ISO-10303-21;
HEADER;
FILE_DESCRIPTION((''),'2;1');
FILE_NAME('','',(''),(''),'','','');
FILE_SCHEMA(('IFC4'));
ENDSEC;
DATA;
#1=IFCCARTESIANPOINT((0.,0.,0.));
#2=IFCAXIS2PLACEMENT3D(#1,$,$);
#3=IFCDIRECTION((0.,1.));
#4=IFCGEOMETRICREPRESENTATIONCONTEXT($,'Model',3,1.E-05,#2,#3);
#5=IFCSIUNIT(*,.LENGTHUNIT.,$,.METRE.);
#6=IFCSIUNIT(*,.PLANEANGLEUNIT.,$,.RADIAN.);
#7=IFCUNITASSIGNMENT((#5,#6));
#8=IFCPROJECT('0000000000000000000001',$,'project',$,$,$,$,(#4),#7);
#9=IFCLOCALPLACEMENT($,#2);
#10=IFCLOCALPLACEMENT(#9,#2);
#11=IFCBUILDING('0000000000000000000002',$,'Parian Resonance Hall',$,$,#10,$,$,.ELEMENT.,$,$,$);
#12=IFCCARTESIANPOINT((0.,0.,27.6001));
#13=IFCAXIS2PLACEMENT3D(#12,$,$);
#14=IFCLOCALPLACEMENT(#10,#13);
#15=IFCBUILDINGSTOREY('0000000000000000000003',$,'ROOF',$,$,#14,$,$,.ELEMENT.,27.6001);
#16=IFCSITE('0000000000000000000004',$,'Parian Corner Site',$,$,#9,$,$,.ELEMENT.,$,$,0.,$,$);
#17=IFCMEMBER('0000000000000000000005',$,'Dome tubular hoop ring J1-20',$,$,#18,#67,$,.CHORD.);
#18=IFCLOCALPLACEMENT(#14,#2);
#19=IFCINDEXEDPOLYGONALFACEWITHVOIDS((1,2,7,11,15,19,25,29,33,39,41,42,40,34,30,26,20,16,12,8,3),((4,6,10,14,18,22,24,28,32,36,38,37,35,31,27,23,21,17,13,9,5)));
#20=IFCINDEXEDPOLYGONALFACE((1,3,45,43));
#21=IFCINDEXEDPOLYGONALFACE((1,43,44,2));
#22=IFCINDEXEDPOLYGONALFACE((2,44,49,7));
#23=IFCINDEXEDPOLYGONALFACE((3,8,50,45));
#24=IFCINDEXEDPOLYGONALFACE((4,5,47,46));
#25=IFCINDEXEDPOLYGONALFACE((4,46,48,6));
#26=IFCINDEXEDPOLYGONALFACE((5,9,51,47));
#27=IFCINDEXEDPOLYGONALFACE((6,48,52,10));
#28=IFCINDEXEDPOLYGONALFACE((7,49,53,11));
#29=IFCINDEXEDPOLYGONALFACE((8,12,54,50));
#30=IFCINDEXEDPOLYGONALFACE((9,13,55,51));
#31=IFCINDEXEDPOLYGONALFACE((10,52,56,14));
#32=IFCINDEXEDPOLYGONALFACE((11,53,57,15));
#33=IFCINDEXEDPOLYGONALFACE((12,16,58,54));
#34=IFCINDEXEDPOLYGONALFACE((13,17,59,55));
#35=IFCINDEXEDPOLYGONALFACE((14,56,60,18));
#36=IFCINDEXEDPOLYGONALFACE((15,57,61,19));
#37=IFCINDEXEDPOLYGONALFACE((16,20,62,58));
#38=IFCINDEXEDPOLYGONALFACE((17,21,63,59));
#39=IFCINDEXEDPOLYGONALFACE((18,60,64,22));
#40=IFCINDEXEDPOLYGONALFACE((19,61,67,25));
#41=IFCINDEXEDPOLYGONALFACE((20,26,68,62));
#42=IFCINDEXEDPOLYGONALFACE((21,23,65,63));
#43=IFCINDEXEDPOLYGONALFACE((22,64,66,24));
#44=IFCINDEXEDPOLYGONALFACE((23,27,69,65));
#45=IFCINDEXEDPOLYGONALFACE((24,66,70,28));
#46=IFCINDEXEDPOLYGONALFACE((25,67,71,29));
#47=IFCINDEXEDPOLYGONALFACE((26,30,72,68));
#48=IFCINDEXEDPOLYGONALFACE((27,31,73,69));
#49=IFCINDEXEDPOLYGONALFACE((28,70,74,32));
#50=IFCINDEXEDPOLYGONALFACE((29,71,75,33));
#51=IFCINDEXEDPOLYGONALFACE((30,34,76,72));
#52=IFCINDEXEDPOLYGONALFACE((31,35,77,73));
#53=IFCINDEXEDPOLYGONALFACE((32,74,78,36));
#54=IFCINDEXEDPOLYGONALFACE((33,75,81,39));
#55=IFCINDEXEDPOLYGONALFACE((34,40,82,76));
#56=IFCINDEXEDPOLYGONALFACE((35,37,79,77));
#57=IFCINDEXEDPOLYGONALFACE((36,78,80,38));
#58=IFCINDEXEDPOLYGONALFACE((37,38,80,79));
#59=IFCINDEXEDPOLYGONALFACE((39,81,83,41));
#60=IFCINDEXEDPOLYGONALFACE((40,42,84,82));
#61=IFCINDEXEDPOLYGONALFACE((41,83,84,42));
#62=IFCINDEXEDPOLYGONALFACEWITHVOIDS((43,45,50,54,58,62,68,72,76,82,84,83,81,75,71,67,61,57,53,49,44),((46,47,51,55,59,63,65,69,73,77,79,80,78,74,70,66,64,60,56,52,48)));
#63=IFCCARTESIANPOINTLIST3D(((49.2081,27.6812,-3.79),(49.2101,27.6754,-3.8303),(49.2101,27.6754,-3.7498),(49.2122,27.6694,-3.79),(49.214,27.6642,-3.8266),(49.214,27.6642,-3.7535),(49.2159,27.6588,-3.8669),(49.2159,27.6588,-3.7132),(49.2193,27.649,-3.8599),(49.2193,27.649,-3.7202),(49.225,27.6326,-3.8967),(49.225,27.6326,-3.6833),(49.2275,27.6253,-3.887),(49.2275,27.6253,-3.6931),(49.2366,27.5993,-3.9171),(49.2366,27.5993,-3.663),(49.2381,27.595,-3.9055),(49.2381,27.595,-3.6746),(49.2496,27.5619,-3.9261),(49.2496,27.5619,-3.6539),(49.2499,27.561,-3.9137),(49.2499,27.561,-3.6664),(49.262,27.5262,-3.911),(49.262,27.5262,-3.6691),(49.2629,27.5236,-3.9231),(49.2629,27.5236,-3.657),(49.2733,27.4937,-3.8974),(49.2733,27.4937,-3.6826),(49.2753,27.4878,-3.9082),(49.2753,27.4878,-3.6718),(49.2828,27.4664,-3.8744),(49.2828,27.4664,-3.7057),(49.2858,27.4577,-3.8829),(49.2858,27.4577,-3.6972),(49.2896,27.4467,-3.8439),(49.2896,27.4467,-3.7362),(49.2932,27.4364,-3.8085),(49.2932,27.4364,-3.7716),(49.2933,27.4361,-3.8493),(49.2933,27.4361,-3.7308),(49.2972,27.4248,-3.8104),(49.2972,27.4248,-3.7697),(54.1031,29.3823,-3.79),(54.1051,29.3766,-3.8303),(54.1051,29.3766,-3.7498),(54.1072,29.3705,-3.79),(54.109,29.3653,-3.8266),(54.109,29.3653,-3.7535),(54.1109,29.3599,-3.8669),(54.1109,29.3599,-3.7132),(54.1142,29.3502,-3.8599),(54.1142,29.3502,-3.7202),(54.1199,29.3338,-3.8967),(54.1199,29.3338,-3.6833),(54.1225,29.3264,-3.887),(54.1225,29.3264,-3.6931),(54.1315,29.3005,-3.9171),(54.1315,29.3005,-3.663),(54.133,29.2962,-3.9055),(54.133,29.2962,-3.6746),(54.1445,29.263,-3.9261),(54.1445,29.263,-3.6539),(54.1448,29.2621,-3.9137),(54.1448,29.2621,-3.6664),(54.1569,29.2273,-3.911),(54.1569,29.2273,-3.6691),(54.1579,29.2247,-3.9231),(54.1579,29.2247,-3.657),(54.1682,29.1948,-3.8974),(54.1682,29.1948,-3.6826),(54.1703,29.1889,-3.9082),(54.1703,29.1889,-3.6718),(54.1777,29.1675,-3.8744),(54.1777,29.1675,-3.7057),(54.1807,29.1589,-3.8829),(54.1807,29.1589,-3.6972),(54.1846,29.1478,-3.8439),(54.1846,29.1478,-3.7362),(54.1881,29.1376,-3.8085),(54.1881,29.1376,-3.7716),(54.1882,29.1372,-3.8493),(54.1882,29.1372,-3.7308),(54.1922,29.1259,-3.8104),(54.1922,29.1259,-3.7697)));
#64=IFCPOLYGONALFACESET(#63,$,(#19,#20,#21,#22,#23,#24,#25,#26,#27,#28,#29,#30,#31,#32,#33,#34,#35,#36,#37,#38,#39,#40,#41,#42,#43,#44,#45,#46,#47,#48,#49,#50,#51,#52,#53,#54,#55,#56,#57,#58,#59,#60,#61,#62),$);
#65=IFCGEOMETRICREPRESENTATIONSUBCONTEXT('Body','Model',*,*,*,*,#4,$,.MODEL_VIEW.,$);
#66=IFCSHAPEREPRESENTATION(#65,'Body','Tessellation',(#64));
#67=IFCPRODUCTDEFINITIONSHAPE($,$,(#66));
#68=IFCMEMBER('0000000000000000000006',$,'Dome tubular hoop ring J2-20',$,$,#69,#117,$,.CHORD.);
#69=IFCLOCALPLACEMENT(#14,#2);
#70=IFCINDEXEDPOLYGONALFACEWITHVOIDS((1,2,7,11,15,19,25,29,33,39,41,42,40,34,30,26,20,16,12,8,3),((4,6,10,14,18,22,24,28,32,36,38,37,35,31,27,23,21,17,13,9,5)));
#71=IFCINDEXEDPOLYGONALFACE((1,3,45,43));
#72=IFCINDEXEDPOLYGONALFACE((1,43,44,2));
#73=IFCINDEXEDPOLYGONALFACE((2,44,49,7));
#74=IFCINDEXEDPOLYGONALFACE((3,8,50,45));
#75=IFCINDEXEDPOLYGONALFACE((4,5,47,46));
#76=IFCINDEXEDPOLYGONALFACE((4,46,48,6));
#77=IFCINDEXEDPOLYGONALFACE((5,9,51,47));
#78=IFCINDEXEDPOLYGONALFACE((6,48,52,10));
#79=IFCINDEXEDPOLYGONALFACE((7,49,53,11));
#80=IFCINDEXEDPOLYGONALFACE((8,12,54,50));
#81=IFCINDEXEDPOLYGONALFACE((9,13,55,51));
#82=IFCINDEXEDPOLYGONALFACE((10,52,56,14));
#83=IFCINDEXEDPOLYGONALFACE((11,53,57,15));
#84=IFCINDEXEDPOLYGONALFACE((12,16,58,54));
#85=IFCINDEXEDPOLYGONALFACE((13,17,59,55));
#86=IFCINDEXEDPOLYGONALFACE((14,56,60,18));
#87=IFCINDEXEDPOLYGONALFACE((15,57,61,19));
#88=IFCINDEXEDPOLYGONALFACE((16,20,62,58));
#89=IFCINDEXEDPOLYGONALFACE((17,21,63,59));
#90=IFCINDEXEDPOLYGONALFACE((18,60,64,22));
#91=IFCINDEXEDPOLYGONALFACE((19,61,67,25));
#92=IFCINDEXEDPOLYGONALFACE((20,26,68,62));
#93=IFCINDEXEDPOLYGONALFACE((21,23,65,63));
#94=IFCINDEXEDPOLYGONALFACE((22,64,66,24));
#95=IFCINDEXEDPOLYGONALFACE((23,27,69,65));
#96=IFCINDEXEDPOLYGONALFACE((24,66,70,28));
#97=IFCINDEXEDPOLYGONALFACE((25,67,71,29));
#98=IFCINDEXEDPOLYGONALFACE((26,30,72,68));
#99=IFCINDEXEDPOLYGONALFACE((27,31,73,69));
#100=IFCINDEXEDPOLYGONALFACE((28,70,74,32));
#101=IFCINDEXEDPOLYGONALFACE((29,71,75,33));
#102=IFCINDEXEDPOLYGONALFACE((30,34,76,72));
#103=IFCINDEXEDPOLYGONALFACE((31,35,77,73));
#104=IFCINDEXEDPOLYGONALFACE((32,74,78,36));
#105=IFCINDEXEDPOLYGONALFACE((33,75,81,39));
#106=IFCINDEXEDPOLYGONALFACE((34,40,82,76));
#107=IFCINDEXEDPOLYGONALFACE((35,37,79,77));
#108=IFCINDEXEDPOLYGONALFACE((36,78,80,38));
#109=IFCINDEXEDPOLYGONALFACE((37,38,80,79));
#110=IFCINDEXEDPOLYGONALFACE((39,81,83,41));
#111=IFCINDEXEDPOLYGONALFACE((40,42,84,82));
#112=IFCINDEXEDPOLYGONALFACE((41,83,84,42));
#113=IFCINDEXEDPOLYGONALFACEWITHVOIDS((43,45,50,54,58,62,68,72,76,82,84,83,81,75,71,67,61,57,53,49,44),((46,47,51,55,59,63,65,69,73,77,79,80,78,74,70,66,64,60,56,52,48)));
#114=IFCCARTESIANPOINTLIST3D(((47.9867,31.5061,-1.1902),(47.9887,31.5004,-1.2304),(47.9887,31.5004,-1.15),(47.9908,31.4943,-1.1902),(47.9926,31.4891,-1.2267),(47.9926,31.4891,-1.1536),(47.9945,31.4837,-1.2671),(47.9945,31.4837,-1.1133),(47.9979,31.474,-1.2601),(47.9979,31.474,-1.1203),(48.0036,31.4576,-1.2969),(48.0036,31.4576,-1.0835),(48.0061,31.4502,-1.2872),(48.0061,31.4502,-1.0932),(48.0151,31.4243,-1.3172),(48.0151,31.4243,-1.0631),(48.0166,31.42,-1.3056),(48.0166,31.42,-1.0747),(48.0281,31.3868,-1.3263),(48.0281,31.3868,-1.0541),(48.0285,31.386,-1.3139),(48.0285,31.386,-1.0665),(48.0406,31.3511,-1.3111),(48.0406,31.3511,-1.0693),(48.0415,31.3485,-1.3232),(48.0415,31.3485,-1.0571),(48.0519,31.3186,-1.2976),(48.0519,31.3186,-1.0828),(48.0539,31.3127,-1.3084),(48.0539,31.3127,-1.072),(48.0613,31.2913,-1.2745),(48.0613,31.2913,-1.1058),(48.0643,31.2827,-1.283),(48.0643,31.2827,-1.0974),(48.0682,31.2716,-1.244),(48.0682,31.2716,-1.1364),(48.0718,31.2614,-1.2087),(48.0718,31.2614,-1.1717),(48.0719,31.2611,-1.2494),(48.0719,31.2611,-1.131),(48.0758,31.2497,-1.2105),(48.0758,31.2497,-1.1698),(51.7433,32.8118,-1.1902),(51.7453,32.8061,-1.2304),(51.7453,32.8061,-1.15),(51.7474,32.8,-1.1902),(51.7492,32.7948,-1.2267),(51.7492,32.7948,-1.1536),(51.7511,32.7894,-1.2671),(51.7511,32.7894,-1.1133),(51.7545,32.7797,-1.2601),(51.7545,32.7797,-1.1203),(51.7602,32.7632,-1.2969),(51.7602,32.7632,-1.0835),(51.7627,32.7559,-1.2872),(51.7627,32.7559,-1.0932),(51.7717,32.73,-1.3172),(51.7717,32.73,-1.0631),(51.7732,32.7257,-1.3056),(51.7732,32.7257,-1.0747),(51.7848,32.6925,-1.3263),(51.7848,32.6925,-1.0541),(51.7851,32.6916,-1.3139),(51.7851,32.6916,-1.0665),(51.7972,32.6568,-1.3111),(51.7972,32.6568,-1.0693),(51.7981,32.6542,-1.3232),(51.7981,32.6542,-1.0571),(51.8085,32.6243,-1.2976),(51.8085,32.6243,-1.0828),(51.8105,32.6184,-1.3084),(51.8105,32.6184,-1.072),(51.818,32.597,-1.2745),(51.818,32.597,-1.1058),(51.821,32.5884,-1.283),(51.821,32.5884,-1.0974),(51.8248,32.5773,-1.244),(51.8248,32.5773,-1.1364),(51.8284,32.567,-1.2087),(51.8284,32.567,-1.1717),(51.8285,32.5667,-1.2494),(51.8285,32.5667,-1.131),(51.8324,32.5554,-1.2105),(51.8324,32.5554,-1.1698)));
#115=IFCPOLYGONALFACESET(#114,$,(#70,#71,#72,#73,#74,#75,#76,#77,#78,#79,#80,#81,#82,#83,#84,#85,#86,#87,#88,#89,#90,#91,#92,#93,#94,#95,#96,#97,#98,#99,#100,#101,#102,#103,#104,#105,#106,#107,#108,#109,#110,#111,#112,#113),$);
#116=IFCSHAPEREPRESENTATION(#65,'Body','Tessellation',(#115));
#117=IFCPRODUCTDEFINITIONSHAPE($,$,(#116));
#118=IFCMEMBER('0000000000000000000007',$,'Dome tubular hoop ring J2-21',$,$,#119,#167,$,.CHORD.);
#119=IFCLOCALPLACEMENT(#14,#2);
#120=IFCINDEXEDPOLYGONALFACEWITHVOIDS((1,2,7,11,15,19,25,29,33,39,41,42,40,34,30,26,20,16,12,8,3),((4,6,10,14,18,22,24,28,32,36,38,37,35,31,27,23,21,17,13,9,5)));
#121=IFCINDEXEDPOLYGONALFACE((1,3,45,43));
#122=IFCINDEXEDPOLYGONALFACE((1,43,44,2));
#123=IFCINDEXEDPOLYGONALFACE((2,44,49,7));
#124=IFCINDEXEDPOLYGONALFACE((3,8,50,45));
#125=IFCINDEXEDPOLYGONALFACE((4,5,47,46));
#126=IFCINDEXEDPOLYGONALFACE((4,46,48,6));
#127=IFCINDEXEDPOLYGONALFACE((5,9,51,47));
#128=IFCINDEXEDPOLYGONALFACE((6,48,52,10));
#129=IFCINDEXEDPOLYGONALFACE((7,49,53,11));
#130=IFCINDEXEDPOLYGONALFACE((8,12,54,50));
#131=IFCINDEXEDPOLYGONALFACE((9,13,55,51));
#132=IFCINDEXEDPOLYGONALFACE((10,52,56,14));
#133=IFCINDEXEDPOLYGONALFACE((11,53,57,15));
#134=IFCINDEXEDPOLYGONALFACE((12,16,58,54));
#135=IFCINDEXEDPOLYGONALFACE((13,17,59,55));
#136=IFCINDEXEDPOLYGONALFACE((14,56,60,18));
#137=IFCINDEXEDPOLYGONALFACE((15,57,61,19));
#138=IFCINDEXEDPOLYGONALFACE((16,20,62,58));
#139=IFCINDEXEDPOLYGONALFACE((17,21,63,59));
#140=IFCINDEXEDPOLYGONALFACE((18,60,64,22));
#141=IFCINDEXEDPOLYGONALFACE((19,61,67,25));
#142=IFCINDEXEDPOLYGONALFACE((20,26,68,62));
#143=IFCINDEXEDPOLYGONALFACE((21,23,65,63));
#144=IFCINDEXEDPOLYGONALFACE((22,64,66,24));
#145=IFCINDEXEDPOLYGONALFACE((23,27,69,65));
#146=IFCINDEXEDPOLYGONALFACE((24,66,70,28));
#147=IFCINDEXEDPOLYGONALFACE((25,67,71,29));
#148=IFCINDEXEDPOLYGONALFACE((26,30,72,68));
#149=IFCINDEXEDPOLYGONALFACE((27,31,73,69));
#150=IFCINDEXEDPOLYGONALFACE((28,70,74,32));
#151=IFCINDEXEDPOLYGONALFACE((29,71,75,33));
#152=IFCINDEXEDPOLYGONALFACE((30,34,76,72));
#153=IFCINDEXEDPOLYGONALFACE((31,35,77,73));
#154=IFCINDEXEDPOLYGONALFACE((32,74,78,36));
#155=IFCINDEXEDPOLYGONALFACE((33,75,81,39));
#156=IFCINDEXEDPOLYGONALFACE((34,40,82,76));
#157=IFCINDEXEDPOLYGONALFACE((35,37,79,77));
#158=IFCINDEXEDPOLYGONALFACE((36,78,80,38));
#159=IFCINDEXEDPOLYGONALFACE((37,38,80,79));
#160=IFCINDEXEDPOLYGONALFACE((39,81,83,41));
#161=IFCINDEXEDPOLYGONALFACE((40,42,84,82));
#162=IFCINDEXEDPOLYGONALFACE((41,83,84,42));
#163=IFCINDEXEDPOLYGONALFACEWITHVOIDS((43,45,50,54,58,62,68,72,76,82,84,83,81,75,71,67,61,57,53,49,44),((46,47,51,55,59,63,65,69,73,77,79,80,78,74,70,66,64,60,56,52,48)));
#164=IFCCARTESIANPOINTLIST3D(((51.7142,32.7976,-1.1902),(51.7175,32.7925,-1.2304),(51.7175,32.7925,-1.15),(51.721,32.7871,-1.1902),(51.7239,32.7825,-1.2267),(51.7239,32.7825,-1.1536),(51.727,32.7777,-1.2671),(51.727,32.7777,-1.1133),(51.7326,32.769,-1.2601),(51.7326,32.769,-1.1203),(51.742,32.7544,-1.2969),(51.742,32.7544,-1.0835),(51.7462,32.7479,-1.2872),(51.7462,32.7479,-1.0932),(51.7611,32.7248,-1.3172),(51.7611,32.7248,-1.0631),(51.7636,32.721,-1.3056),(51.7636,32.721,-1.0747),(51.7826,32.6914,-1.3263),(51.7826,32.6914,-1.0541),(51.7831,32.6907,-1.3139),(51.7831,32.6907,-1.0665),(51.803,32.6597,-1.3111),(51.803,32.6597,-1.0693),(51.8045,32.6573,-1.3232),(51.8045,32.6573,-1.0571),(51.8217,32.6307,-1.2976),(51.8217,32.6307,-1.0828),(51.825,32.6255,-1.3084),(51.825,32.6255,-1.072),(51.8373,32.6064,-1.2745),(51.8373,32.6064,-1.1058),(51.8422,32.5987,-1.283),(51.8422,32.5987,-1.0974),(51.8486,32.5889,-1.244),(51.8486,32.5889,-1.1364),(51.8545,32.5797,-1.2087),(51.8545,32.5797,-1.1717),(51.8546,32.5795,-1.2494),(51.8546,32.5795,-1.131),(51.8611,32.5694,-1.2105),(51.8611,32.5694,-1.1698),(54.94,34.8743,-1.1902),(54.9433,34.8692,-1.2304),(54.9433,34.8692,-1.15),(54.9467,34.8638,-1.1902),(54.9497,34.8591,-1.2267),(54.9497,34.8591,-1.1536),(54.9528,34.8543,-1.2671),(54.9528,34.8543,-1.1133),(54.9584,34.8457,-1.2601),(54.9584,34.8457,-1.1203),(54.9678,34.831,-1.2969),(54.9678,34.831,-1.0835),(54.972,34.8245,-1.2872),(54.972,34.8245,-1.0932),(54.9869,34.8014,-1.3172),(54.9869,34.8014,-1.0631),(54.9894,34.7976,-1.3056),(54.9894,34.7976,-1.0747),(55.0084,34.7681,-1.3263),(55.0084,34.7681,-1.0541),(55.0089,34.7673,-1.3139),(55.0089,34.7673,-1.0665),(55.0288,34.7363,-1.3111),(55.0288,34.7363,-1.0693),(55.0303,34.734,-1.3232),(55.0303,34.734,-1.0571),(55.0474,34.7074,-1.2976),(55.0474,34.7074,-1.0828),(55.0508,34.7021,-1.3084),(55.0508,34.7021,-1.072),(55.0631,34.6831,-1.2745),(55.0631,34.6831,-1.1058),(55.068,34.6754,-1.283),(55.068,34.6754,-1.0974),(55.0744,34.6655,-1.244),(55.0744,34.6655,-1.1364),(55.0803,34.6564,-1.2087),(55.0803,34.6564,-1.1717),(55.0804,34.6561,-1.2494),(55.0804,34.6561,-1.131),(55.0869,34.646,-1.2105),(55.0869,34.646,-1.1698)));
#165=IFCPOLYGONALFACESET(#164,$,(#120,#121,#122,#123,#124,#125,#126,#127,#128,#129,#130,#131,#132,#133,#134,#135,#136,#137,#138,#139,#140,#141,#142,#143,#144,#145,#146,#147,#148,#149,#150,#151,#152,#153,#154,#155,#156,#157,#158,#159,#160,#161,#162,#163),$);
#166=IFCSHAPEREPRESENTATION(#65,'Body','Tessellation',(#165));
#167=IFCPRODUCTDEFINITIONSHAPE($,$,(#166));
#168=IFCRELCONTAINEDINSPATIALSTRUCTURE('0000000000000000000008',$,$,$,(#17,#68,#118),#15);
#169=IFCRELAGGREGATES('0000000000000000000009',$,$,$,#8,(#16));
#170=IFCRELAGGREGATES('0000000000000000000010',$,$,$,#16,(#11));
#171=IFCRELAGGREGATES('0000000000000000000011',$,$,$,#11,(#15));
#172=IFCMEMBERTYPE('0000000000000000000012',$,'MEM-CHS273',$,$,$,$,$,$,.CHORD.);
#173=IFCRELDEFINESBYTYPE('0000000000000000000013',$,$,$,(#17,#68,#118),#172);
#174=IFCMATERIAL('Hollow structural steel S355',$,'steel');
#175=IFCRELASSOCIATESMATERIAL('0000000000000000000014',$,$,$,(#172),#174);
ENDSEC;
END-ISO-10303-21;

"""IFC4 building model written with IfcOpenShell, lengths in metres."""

from ifc_helpers import new_model, si_unit, direction, frame, origin, origin_2d, place, context, subcontext, project, spatial, hollow_circle, extrude, material, material_profile, profile_set, type_object, element, save


model = new_model("IFC4")

# Units and contexts
model_context = context("Model", 3, precision=1e-05, world=origin(), true_north=direction((0.0, 1.0)))
body_context = subcontext(model_context, "Body", "Model", "MODEL_VIEW")
ifc_project = project(units=[si_unit("LENGTHUNIT", "METRE"), si_unit("PLANEANGLEUNIT", "RADIAN")], contexts=[model_context])

# Site, building, storey
site_placement = place(None, origin())
site = spatial("IfcSite", under=ifc_project, at=site_placement, Name="Parian Corner Site", CompositionType="ELEMENT", RefElevation=0.0)
building_placement = place(site_placement, origin())
building = spatial("IfcBuilding", under=site, at=building_placement, Name="Parian Resonance Hall", CompositionType="ELEMENT")
storey_placement = place(building_placement, frame((0.0, 0.0, 27.6001)))
storey = spatial("IfcBuildingStorey", under=building, at=storey_placement, Name="ROOF", CompositionType="ELEMENT", Elevation=27.6001)

# Members
ifc_material_1 = material(Name="Hollow structural steel S355", Category="steel")
ifc_material_profile_1 = material_profile(ifc_material_1, hollow_circle(Radius=0.1365, WallThickness=0.0125, at=origin_2d()), Name="CHS273x12.5")
ifc_profile_set_1 = profile_set([ifc_material_profile_1], Name="Hollow structural steel S355")
member_type_1 = type_object("IfcMemberType", Name="MEM-CHS273", PredefinedType="CHORD", material=ifc_profile_set_1)
member_1_placement = place(storey_placement, frame((49.2529, 27.5522, -3.79), z_axis=(0.944583, 0.328272, 0.0), x_axis=(-0.328272, 0.944583, 0.0)))
element("IfcMember", 1, at=member_1_placement, inside=storey, type_object=member_type_1, Name="Dome tubular hoop ring J1-20", PredefinedType="CHORD", context=body_context, shape_type="SweptSolid", body=[
    extrude(hollow_circle(Radius=0.1365, WallThickness=0.0125, at=origin_2d()), origin(), (0.0, 0.0, 1.0), 5.1821),
])
member_2_placement = place(storey_placement, frame((48.0315, 31.3772, -1.1902), z_axis=(0.944573, 0.328302, 0.0), x_axis=(-0.328302, 0.944573, 0.0)))
element("IfcMember", 2, at=member_2_placement, inside=storey, type_object=member_type_1, Name="Dome tubular hoop ring J2-20", PredefinedType="CHORD", context=body_context, shape_type="SweptSolid", body=[
    extrude(hollow_circle(Radius=0.1365, WallThickness=0.0125, at=origin_2d()), origin(), (0.0, 0.0, 1.0), 3.9771),
])
member_3_placement = place(storey_placement, frame((51.7881, 32.6829, -1.1902), z_axis=(0.840833, 0.541295, 0.0), x_axis=(-0.541295, 0.840833, 0.0)))
element("IfcMember", 3, at=member_3_placement, inside=storey, type_object=member_type_1, Name="Dome tubular hoop ring J2-21", PredefinedType="CHORD", context=body_context, shape_type="SweptSolid", body=[
    extrude(hollow_circle(Radius=0.1365, WallThickness=0.0125, at=origin_2d()), origin(), (0.0, 0.0, 1.0), 3.8364),
])

save(model, "model.ifc")
